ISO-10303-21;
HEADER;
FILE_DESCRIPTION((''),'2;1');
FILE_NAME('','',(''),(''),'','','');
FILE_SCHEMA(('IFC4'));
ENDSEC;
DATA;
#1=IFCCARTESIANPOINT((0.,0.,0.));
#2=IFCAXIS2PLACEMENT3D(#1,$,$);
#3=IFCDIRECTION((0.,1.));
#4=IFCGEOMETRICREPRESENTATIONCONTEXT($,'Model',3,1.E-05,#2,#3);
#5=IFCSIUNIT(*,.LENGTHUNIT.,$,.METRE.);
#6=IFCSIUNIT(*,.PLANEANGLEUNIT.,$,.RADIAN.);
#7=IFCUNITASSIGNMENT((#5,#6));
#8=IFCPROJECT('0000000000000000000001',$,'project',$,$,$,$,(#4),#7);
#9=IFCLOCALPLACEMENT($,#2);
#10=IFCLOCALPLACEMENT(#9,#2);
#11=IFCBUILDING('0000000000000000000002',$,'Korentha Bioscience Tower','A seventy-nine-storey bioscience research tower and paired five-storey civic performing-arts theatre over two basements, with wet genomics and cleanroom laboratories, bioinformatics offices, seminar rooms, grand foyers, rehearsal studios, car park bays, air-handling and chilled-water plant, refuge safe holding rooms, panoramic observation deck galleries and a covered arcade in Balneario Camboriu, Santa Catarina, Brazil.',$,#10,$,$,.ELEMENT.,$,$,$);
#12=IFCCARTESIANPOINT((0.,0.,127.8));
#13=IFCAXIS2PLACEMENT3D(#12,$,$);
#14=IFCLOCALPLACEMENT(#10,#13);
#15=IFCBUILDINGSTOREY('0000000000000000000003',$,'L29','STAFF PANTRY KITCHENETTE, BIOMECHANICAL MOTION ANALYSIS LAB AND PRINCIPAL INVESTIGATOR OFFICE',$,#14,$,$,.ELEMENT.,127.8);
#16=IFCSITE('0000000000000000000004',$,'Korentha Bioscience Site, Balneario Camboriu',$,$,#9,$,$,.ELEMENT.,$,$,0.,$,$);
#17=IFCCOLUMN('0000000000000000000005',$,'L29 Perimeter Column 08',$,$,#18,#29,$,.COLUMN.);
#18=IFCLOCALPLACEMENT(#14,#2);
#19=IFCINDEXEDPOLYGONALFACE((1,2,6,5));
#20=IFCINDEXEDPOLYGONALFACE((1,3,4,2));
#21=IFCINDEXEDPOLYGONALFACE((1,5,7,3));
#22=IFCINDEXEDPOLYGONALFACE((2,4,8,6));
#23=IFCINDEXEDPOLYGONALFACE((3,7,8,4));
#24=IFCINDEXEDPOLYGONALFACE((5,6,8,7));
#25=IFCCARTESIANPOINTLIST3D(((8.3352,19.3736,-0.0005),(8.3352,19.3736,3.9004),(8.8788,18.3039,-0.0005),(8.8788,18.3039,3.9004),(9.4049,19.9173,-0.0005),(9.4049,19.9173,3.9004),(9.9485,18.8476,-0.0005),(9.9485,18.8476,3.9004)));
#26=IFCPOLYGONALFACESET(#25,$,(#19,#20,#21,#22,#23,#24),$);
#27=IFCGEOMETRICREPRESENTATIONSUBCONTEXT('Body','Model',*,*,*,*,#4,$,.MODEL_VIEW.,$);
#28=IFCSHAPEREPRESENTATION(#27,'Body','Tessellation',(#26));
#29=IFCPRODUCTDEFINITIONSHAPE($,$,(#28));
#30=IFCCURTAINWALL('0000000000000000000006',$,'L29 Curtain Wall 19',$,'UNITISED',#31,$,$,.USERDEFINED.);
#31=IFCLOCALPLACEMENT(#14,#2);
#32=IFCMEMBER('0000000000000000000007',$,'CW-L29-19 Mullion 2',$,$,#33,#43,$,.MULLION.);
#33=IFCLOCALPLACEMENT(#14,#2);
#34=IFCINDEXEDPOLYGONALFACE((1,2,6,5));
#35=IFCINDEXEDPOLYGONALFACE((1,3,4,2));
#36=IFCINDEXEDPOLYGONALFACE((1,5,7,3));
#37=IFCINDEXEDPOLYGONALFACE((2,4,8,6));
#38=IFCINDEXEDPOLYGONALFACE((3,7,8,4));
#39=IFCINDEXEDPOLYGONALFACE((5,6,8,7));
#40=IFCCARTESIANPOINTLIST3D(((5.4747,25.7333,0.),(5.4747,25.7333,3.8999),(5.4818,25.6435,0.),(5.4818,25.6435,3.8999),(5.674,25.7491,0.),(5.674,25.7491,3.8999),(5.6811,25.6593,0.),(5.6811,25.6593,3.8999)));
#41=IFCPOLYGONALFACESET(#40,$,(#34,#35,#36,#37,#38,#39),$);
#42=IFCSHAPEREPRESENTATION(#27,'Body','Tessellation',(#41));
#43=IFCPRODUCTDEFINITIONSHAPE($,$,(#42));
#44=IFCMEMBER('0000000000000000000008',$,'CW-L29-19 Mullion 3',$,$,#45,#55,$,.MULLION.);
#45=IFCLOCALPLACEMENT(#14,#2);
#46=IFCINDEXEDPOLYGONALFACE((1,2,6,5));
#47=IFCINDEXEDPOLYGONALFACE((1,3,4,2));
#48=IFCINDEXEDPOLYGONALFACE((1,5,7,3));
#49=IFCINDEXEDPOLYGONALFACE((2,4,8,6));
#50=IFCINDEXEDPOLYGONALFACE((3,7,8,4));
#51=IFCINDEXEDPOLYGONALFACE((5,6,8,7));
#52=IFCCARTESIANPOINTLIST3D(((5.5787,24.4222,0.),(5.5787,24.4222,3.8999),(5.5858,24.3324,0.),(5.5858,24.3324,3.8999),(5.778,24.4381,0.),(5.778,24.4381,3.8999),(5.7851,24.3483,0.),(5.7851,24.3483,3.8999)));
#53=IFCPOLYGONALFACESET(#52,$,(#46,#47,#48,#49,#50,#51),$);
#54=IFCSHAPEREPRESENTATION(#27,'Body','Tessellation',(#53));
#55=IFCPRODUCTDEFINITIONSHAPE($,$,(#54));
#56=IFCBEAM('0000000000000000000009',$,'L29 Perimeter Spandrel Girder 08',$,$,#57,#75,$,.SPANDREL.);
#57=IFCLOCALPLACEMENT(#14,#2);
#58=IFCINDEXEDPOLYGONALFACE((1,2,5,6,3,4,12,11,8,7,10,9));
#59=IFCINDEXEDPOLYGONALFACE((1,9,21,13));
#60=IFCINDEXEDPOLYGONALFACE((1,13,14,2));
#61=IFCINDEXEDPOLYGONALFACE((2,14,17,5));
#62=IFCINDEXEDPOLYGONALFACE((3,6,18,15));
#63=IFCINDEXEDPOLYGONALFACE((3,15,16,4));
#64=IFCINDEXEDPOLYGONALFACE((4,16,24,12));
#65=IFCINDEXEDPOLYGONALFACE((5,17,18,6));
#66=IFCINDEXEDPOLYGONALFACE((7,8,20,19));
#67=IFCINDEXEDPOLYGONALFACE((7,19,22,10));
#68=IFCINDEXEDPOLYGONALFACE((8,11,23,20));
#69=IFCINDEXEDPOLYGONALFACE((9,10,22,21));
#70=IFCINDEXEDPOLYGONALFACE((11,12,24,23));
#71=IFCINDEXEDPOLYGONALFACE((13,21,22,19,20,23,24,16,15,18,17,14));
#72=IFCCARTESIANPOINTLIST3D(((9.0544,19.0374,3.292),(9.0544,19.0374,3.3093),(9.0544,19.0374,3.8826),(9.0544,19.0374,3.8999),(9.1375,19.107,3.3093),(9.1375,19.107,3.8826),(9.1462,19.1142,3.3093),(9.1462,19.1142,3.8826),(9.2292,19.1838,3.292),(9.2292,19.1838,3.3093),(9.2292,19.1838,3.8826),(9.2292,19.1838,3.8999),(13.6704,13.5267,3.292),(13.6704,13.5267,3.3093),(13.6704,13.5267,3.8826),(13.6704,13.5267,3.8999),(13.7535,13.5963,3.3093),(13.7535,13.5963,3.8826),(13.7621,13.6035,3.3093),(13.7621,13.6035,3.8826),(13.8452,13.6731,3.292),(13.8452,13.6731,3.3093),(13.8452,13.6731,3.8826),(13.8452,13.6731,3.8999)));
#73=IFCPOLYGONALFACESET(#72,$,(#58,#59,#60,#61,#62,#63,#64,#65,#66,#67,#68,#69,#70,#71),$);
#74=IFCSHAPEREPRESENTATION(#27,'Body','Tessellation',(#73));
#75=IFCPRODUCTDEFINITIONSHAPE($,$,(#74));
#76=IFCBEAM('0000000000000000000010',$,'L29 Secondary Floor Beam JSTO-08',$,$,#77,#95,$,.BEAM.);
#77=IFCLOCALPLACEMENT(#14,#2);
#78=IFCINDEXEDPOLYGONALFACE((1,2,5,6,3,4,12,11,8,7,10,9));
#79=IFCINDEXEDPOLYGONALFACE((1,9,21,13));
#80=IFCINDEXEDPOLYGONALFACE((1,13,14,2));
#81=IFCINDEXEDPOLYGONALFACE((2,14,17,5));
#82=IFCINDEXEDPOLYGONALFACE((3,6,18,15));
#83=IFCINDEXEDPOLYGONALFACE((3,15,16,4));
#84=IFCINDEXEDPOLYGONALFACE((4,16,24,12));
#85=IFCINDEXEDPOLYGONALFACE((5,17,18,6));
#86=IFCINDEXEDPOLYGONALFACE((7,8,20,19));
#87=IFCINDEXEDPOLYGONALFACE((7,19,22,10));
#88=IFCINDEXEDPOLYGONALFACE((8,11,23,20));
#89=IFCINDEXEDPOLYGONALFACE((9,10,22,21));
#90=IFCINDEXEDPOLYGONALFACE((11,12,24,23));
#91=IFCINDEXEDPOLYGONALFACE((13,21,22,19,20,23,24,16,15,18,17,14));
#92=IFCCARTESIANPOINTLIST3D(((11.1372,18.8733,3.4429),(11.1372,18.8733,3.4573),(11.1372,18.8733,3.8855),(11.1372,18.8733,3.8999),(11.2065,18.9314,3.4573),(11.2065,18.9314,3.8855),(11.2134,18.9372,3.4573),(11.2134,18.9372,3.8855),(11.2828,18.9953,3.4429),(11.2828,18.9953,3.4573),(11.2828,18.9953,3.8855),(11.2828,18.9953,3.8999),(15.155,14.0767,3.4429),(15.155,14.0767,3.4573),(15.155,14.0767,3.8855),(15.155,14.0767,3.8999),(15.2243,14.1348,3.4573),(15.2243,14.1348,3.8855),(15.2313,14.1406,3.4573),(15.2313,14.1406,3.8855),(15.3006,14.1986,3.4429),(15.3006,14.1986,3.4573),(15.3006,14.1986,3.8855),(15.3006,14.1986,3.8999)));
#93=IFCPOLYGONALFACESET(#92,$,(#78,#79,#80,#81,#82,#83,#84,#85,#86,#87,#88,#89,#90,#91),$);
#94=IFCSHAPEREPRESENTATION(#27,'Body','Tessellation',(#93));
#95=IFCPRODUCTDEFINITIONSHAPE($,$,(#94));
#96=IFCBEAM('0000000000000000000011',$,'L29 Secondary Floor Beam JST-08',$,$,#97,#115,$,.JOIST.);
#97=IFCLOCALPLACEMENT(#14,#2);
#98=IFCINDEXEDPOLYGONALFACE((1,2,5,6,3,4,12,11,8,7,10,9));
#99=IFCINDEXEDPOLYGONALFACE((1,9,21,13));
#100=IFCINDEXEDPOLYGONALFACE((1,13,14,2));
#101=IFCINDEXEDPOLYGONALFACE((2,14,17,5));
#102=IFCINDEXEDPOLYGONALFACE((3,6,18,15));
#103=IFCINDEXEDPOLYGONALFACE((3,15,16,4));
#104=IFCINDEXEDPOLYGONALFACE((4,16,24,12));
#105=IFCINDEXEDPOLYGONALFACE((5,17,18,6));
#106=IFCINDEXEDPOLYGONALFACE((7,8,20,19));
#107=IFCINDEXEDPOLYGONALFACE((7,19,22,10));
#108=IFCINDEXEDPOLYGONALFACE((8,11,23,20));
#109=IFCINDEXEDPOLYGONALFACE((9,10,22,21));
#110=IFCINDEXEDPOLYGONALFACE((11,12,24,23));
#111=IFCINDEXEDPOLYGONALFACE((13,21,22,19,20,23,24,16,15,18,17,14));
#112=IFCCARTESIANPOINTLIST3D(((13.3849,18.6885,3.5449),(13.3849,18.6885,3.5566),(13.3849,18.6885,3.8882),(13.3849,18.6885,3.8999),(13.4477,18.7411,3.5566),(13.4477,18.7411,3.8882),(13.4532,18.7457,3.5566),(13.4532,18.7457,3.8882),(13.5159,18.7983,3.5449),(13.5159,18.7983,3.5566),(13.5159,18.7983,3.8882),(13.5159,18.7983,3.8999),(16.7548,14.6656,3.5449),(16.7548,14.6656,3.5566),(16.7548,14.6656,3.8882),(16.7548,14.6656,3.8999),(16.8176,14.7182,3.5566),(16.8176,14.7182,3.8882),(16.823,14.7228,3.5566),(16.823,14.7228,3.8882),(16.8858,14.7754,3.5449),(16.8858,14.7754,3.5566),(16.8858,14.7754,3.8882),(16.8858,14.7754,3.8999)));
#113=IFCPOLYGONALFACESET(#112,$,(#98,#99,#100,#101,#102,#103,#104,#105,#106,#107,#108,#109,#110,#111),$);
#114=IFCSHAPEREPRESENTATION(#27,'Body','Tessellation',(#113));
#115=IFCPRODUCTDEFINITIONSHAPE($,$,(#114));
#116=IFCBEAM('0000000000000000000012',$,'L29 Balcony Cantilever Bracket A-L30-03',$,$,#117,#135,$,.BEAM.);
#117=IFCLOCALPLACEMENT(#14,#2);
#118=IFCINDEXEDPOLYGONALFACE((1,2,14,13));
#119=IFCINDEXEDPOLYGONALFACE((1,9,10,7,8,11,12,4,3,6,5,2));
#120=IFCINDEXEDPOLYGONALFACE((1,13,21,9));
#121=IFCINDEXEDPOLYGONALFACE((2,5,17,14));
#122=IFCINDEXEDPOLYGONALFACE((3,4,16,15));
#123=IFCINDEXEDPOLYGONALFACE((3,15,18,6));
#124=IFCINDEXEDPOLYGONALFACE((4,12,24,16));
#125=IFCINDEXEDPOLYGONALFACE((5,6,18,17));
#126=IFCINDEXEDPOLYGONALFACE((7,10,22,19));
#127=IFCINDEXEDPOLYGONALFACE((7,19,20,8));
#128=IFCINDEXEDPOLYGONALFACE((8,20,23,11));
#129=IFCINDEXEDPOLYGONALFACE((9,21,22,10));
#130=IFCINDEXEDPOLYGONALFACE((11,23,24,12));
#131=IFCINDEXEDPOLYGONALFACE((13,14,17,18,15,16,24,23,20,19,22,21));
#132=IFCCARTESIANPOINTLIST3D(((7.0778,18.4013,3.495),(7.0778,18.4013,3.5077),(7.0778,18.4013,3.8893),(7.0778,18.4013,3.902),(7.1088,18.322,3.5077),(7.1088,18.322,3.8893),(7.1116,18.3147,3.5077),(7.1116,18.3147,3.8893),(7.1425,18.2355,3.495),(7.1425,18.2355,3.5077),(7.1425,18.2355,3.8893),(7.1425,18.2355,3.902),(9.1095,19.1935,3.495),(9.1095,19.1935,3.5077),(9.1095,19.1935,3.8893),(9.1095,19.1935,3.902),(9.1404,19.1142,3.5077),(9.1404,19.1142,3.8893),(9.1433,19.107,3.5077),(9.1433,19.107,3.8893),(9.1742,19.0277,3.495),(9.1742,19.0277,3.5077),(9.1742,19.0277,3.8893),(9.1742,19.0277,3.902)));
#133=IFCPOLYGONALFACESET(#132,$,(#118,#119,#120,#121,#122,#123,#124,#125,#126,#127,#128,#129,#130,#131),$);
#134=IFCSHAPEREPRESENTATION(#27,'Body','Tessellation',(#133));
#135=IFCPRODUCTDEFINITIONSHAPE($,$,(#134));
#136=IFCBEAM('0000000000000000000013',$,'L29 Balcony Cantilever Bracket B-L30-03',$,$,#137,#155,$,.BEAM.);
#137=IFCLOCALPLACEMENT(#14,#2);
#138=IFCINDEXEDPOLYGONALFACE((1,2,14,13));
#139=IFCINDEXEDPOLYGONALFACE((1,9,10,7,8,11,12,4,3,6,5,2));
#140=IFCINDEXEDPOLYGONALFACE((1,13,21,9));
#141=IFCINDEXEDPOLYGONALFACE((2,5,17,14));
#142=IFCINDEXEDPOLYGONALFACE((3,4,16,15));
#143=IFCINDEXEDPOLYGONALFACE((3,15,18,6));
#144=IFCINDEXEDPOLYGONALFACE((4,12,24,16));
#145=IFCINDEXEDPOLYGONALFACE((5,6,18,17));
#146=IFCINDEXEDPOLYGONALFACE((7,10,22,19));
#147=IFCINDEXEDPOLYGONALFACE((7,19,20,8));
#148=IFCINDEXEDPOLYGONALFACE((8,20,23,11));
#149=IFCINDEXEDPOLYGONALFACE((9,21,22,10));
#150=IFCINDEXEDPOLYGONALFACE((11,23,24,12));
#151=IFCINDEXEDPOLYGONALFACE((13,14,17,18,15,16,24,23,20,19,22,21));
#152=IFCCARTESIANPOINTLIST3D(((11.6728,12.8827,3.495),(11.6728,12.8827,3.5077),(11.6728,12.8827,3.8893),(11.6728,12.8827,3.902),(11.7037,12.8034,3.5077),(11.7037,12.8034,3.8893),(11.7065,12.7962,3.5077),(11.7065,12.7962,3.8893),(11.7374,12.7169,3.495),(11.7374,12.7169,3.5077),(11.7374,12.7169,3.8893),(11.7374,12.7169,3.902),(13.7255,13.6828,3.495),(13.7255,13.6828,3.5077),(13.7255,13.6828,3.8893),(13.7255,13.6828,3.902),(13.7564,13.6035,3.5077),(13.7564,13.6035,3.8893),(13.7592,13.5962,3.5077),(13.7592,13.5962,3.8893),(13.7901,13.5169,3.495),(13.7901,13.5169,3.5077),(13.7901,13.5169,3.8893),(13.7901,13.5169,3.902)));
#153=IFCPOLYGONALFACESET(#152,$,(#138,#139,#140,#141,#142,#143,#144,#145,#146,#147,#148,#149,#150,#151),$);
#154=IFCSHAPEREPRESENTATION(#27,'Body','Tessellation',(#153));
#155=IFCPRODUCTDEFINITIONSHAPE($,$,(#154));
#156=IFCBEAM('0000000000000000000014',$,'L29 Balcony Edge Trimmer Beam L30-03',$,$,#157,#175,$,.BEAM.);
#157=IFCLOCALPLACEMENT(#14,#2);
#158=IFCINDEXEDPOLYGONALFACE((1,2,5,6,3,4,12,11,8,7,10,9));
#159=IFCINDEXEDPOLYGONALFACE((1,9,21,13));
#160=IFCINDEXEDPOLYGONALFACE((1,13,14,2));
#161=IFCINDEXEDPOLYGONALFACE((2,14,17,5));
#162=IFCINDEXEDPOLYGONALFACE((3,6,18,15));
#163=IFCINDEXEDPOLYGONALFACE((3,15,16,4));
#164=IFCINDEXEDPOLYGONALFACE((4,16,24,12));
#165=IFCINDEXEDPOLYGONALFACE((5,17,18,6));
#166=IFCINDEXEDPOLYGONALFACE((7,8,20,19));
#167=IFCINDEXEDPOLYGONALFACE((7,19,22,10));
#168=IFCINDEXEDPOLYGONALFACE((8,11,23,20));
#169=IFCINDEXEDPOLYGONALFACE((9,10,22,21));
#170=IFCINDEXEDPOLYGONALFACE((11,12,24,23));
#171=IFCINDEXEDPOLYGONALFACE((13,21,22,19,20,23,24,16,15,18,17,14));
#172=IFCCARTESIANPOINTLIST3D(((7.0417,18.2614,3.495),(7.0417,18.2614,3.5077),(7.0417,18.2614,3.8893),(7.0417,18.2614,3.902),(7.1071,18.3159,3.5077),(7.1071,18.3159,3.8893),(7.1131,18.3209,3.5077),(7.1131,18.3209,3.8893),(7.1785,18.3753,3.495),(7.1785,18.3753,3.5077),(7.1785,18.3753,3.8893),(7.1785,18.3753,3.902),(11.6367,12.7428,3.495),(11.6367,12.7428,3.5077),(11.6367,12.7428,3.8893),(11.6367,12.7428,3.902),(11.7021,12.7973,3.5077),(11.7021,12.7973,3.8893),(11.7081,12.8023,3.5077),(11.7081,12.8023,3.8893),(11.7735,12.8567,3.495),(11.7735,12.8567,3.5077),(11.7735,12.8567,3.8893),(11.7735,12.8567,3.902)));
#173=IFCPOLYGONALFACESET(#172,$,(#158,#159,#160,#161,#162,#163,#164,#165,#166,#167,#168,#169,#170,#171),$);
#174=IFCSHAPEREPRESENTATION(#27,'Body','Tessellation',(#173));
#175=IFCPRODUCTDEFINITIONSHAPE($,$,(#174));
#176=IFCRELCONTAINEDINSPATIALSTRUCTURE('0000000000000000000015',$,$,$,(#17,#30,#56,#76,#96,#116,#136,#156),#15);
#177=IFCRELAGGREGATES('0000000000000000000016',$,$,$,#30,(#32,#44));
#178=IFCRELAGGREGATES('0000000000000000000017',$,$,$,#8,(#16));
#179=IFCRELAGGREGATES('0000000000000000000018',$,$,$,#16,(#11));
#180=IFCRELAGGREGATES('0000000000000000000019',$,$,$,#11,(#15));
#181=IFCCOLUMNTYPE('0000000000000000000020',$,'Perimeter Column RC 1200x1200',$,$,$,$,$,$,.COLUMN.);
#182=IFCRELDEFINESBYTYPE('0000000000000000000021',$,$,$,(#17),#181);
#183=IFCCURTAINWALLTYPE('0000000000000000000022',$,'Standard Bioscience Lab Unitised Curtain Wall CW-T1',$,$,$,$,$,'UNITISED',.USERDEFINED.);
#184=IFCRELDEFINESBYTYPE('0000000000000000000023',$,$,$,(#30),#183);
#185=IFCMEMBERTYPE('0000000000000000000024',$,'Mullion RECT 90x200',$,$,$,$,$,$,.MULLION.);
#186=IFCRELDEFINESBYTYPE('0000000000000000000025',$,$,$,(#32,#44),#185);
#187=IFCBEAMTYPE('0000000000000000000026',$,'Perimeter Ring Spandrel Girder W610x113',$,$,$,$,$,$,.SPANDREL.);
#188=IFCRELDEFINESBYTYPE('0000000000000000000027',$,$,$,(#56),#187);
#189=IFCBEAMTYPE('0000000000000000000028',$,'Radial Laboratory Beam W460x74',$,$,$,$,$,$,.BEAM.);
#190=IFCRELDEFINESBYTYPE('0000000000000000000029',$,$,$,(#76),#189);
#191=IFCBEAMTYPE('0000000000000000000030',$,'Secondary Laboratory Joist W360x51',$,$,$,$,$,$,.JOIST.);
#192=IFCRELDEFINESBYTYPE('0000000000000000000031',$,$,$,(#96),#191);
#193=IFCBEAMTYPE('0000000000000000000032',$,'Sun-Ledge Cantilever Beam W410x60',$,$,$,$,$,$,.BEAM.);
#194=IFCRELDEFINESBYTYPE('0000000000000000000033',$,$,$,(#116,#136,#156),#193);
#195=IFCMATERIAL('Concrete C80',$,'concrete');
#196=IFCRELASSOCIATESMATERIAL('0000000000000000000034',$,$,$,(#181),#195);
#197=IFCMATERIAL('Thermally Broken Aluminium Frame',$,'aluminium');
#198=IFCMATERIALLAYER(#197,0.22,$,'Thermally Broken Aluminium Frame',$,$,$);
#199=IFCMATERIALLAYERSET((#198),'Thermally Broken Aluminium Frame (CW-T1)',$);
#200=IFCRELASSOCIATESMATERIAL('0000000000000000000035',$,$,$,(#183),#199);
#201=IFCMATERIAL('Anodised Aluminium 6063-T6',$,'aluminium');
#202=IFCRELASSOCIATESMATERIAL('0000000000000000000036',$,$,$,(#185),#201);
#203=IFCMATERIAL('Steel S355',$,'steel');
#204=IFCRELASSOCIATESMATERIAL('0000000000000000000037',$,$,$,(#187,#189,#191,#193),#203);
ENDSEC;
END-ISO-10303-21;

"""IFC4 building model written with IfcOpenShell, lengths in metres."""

from ifc_helpers import new_model, si_unit, direction, frame, origin, origin_2d, place, context, subcontext, project, spatial, rectangle, i_section, extrude, material, layer, layer_set, material_profile, profile_set, type_object, element, aggregate, save


model = new_model("IFC4")

# Units and contexts
model_context = context("Model", 3, precision=1e-05, world=origin(), true_north=direction((0.0, 1.0)))
body_context = subcontext(model_context, "Body", "Model", "MODEL_VIEW")
ifc_project = project(units=[si_unit("LENGTHUNIT", "METRE"), si_unit("PLANEANGLEUNIT", "RADIAN")], contexts=[model_context])

# Site, building, storey
site_placement = place(None, origin())
site = spatial("IfcSite", under=ifc_project, at=site_placement, Name="Korentha Bioscience Site, Balneario Camboriu", CompositionType="ELEMENT", RefElevation=0.0)
building_placement = place(site_placement, origin())
building = spatial("IfcBuilding", under=site, at=building_placement, Name="Korentha Bioscience Tower", Description="A seventy-nine-storey bioscience research tower and paired five-storey civic performing-arts theatre over two basements, with wet genomics and cleanroom laboratories, bioinformatics offices, seminar rooms, grand foyers, rehearsal studios, car park bays, air-handling and chilled-water plant, refuge safe holding rooms, panoramic observation deck galleries and a covered arcade in Balneario Camboriu, Santa Catarina, Brazil.", CompositionType="ELEMENT")
storey_placement = place(building_placement, frame((0.0, 0.0, 127.8)))
storey = spatial("IfcBuildingStorey", under=building, at=storey_placement, Name="L29", Description="STAFF PANTRY KITCHENETTE, BIOMECHANICAL MOTION ANALYSIS LAB AND PRINCIPAL INVESTIGATOR OFFICE", CompositionType="ELEMENT", Elevation=127.8)

# Column
ifc_material_1 = material(Name="Concrete C80", Category="concrete")
ifc_material_profile_1 = material_profile(ifc_material_1, rectangle(XDim=1.2, YDim=1.2, at=origin_2d()), Name="Concrete C80")
ifc_profile_set_1 = profile_set([ifc_material_profile_1], Name="Concrete C80 (COL-P12)")
column_type = type_object("IfcColumnType", Name="Perimeter Column RC 1200x1200", PredefinedType="COLUMN", material=ifc_profile_set_1)
column_placement = place(storey_placement, frame((9.1418, 19.1106, -0.0005), z_axis=(0.0, 0.0, 1.0), x_axis=(-0.453057, 0.891481, 0.0)))
element("IfcColumn", 1, at=column_placement, inside=storey, type_object=column_type, Name="L29 Perimeter Column 08", PredefinedType="COLUMN", context=body_context, shape_type="SweptSolid", body=[
    extrude(rectangle(XDim=1.2, YDim=1.2, at=origin_2d()), origin(), (0.0, 0.0, 1.0), 3.9009),
])

# Curtain wall, members
ifc_material_2 = material(Name="Thermally Broken Aluminium Frame", Category="aluminium")
ifc_layer_1 = layer(ifc_material_2, 0.22, Name="Thermally Broken Aluminium Frame")
ifc_layer_set_1 = layer_set([ifc_layer_1], Name="Thermally Broken Aluminium Frame (CW-T1)")
curtain_wall_type = type_object("IfcCurtainWallType", Name="Standard Bioscience Lab Unitised Curtain Wall CW-T1", ElementType="UNITISED", PredefinedType="USERDEFINED", material=ifc_layer_set_1)
curtain_wall_placement = place(storey_placement, origin())
curtain_wall = element("IfcCurtainWall", 2, at=curtain_wall_placement, inside=storey, type_object=curtain_wall_type, Name="L29 Curtain Wall 19", ObjectType="UNITISED", PredefinedType="USERDEFINED")
ifc_material_3 = material(Name="Anodised Aluminium 6063-T6", Category="aluminium")
ifc_material_profile_2 = material_profile(ifc_material_3, rectangle(XDim=0.0901, YDim=0.2, at=origin_2d()), Name="Anodised Aluminium 6063-T6")
ifc_profile_set_2 = profile_set([ifc_material_profile_2], Name="Anodised Aluminium 6063-T6 (CW-MUL)")
member_type_1 = type_object("IfcMemberType", Name="Mullion RECT 90x200", PredefinedType="MULLION", material=ifc_profile_set_2)
member_1_placement = place(storey_placement, frame((5.5779, 25.6963, 0.0), z_axis=(0.0, 0.0, 1.0), x_axis=(0.07913, -0.996864, 0.0)))
member_1 = element("IfcMember", 3, at=member_1_placement, type_object=member_type_1, Name="CW-L29-19 Mullion 2", PredefinedType="MULLION", context=body_context, shape_type="SweptSolid", body=[
    extrude(rectangle(XDim=0.0901, YDim=0.2, at=origin_2d()), origin(), (0.0, 0.0, 1.0), 3.8999),
])
member_2_placement = place(storey_placement, frame((5.6819, 24.3853, 0.0), z_axis=(0.0, 0.0, 1.0), x_axis=(0.07913, -0.996864, 0.0)))
member_2 = element("IfcMember", 4, at=member_2_placement, type_object=member_type_1, Name="CW-L29-19 Mullion 3", PredefinedType="MULLION", context=body_context, shape_type="SweptSolid", body=[
    extrude(rectangle(XDim=0.0901, YDim=0.2, at=origin_2d()), origin(), (0.0, 0.0, 1.0), 3.8999),
])

# Beams
ifc_material_4 = material(Name="Steel S355", Category="steel")
ifc_material_profile_3 = material_profile(ifc_material_4, i_section(OverallWidth=0.228, OverallDepth=0.6079, WebThickness=0.0112, FlangeThickness=0.0173, at=origin_2d()), Name="Steel S355")
ifc_profile_set_3 = profile_set([ifc_material_profile_3], Name="Steel S355 (SB-610)")
beam_type_1 = type_object("IfcBeamType", Name="Perimeter Ring Spandrel Girder W610x113", PredefinedType="SPANDREL", material=ifc_profile_set_3)
beam_1_placement = place(storey_placement, frame((9.1418, 19.1106, 3.5959), z_axis=(0.642127, -0.766599, 0.0), x_axis=(0.766599, 0.642127, 0.0)))
element("IfcBeam", 5, at=beam_1_placement, inside=storey, type_object=beam_type_1, Name="L29 Perimeter Spandrel Girder 08", PredefinedType="SPANDREL", context=body_context, shape_type="SweptSolid", body=[
    extrude(i_section(OverallWidth=0.228, OverallDepth=0.6079, WebThickness=0.0112, FlangeThickness=0.0173, at=origin_2d()), origin(), (0.0, 0.0, 1.0), 7.1885),
])
ifc_material_profile_4 = material_profile(ifc_material_4, i_section(OverallWidth=0.1899, OverallDepth=0.457, WebThickness=0.009, FlangeThickness=0.0144, at=origin_2d()), Name="Steel S355")
ifc_profile_set_4 = profile_set([ifc_material_profile_4], Name="Steel S355 (RB-460)")
beam_type_2 = type_object("IfcBeamType", Name="Radial Laboratory Beam W460x74", PredefinedType="BEAM", material=ifc_profile_set_4)
beam_2_placement = place(storey_placement, frame((11.21, 18.9343, 3.6714), z_axis=(0.642128, -0.766597, 0.0), x_axis=(0.766597, 0.642128, 0.0)))
element("IfcBeam", 6, at=beam_2_placement, inside=storey, type_object=beam_type_2, Name="L29 Secondary Floor Beam JSTO-08", PredefinedType="BEAM", context=body_context, shape_type="SweptSolid", body=[
    extrude(i_section(OverallWidth=0.1899, OverallDepth=0.457, WebThickness=0.009, FlangeThickness=0.0144, at=origin_2d()), origin(), (0.0, 0.0, 1.0), 6.2571),
])
ifc_material_profile_5 = material_profile(ifc_material_4, i_section(OverallWidth=0.1709, OverallDepth=0.355, WebThickness=0.0071, FlangeThickness=0.0117, at=origin_2d()), Name="Steel S355")
ifc_profile_set_5 = profile_set([ifc_material_profile_5], Name="Steel S355 (JB-360)")
beam_type_3 = type_object("IfcBeamType", Name="Secondary Laboratory Joist W360x51", PredefinedType="JOIST", material=ifc_profile_set_5)
beam_3_placement = place(storey_placement, frame((13.4504, 18.7434, 3.7224), z_axis=(0.642141, -0.766587, 0.0), x_axis=(0.766587, 0.642141, 0.0)))
element("IfcBeam", 7, at=beam_3_placement, inside=storey, type_object=beam_type_3, Name="L29 Secondary Floor Beam JST-08", PredefinedType="JOIST", context=body_context, shape_type="SweptSolid", body=[
    extrude(i_section(OverallWidth=0.1709, OverallDepth=0.355, WebThickness=0.0071, FlangeThickness=0.0117, at=origin_2d()), origin(), (0.0, 0.0, 1.0), 5.2478),
])
ifc_material_profile_6 = material_profile(ifc_material_4, i_section(OverallWidth=0.178, OverallDepth=0.407, WebThickness=0.0078, FlangeThickness=0.0127, at=origin_2d()), Name="Steel S355")
ifc_profile_set_6 = profile_set([ifc_material_profile_6], Name="Steel S355 (CB-410)")
beam_type_4 = type_object("IfcBeamType", Name="Sun-Ledge Cantilever Beam W410x60", PredefinedType="BEAM", material=ifc_profile_set_6)
beam_4_placement = place(storey_placement, frame((9.1418, 19.1106, 3.6985), z_axis=(-0.931677, -0.363289, 0.0), x_axis=(0.363289, -0.931677, 0.0)))
element("IfcBeam", 8, at=beam_4_placement, inside=storey, type_object=beam_type_4, Name="L29 Balcony Cantilever Bracket A-L30-03", PredefinedType="BEAM", context=body_context, shape_type="SweptSolid", body=[
    extrude(i_section(OverallWidth=0.178, OverallDepth=0.407, WebThickness=0.0078, FlangeThickness=0.0127, at=origin_2d()), origin(), (0.0, 0.0, 1.0), 2.1807),
])
beam_5_placement = place(storey_placement, frame((13.7578, 13.5999, 3.6985), z_axis=(-0.931734, -0.363141, 0.0), x_axis=(0.363141, -0.931734, 0.0)))
element("IfcBeam", 9, at=beam_5_placement, inside=storey, type_object=beam_type_4, Name="L29 Balcony Cantilever Bracket B-L30-03", PredefinedType="BEAM", context=body_context, shape_type="SweptSolid", body=[
    extrude(i_section(OverallWidth=0.178, OverallDepth=0.407, WebThickness=0.0078, FlangeThickness=0.0127, at=origin_2d()), origin(), (0.0, 0.0, 1.0), 2.2031),
])
beam_6_placement = place(storey_placement, frame((7.1101, 18.3184, 3.6985), z_axis=(0.63987, -0.768483, 0.0), x_axis=(0.768483, 0.63987, 0.0)))
element("IfcBeam", 10, at=beam_6_placement, inside=storey, type_object=beam_type_4, Name="L29 Balcony Edge Trimmer Beam L30-03", PredefinedType="BEAM", context=body_context, shape_type="SweptSolid", body=[
    extrude(i_section(OverallWidth=0.178, OverallDepth=0.407, WebThickness=0.0078, FlangeThickness=0.0127, at=origin_2d()), origin(), (0.0, 0.0, 1.0), 7.1812),
])

aggregate(curtain_wall, [member_1, member_2])

save(model, "model.ifc")
